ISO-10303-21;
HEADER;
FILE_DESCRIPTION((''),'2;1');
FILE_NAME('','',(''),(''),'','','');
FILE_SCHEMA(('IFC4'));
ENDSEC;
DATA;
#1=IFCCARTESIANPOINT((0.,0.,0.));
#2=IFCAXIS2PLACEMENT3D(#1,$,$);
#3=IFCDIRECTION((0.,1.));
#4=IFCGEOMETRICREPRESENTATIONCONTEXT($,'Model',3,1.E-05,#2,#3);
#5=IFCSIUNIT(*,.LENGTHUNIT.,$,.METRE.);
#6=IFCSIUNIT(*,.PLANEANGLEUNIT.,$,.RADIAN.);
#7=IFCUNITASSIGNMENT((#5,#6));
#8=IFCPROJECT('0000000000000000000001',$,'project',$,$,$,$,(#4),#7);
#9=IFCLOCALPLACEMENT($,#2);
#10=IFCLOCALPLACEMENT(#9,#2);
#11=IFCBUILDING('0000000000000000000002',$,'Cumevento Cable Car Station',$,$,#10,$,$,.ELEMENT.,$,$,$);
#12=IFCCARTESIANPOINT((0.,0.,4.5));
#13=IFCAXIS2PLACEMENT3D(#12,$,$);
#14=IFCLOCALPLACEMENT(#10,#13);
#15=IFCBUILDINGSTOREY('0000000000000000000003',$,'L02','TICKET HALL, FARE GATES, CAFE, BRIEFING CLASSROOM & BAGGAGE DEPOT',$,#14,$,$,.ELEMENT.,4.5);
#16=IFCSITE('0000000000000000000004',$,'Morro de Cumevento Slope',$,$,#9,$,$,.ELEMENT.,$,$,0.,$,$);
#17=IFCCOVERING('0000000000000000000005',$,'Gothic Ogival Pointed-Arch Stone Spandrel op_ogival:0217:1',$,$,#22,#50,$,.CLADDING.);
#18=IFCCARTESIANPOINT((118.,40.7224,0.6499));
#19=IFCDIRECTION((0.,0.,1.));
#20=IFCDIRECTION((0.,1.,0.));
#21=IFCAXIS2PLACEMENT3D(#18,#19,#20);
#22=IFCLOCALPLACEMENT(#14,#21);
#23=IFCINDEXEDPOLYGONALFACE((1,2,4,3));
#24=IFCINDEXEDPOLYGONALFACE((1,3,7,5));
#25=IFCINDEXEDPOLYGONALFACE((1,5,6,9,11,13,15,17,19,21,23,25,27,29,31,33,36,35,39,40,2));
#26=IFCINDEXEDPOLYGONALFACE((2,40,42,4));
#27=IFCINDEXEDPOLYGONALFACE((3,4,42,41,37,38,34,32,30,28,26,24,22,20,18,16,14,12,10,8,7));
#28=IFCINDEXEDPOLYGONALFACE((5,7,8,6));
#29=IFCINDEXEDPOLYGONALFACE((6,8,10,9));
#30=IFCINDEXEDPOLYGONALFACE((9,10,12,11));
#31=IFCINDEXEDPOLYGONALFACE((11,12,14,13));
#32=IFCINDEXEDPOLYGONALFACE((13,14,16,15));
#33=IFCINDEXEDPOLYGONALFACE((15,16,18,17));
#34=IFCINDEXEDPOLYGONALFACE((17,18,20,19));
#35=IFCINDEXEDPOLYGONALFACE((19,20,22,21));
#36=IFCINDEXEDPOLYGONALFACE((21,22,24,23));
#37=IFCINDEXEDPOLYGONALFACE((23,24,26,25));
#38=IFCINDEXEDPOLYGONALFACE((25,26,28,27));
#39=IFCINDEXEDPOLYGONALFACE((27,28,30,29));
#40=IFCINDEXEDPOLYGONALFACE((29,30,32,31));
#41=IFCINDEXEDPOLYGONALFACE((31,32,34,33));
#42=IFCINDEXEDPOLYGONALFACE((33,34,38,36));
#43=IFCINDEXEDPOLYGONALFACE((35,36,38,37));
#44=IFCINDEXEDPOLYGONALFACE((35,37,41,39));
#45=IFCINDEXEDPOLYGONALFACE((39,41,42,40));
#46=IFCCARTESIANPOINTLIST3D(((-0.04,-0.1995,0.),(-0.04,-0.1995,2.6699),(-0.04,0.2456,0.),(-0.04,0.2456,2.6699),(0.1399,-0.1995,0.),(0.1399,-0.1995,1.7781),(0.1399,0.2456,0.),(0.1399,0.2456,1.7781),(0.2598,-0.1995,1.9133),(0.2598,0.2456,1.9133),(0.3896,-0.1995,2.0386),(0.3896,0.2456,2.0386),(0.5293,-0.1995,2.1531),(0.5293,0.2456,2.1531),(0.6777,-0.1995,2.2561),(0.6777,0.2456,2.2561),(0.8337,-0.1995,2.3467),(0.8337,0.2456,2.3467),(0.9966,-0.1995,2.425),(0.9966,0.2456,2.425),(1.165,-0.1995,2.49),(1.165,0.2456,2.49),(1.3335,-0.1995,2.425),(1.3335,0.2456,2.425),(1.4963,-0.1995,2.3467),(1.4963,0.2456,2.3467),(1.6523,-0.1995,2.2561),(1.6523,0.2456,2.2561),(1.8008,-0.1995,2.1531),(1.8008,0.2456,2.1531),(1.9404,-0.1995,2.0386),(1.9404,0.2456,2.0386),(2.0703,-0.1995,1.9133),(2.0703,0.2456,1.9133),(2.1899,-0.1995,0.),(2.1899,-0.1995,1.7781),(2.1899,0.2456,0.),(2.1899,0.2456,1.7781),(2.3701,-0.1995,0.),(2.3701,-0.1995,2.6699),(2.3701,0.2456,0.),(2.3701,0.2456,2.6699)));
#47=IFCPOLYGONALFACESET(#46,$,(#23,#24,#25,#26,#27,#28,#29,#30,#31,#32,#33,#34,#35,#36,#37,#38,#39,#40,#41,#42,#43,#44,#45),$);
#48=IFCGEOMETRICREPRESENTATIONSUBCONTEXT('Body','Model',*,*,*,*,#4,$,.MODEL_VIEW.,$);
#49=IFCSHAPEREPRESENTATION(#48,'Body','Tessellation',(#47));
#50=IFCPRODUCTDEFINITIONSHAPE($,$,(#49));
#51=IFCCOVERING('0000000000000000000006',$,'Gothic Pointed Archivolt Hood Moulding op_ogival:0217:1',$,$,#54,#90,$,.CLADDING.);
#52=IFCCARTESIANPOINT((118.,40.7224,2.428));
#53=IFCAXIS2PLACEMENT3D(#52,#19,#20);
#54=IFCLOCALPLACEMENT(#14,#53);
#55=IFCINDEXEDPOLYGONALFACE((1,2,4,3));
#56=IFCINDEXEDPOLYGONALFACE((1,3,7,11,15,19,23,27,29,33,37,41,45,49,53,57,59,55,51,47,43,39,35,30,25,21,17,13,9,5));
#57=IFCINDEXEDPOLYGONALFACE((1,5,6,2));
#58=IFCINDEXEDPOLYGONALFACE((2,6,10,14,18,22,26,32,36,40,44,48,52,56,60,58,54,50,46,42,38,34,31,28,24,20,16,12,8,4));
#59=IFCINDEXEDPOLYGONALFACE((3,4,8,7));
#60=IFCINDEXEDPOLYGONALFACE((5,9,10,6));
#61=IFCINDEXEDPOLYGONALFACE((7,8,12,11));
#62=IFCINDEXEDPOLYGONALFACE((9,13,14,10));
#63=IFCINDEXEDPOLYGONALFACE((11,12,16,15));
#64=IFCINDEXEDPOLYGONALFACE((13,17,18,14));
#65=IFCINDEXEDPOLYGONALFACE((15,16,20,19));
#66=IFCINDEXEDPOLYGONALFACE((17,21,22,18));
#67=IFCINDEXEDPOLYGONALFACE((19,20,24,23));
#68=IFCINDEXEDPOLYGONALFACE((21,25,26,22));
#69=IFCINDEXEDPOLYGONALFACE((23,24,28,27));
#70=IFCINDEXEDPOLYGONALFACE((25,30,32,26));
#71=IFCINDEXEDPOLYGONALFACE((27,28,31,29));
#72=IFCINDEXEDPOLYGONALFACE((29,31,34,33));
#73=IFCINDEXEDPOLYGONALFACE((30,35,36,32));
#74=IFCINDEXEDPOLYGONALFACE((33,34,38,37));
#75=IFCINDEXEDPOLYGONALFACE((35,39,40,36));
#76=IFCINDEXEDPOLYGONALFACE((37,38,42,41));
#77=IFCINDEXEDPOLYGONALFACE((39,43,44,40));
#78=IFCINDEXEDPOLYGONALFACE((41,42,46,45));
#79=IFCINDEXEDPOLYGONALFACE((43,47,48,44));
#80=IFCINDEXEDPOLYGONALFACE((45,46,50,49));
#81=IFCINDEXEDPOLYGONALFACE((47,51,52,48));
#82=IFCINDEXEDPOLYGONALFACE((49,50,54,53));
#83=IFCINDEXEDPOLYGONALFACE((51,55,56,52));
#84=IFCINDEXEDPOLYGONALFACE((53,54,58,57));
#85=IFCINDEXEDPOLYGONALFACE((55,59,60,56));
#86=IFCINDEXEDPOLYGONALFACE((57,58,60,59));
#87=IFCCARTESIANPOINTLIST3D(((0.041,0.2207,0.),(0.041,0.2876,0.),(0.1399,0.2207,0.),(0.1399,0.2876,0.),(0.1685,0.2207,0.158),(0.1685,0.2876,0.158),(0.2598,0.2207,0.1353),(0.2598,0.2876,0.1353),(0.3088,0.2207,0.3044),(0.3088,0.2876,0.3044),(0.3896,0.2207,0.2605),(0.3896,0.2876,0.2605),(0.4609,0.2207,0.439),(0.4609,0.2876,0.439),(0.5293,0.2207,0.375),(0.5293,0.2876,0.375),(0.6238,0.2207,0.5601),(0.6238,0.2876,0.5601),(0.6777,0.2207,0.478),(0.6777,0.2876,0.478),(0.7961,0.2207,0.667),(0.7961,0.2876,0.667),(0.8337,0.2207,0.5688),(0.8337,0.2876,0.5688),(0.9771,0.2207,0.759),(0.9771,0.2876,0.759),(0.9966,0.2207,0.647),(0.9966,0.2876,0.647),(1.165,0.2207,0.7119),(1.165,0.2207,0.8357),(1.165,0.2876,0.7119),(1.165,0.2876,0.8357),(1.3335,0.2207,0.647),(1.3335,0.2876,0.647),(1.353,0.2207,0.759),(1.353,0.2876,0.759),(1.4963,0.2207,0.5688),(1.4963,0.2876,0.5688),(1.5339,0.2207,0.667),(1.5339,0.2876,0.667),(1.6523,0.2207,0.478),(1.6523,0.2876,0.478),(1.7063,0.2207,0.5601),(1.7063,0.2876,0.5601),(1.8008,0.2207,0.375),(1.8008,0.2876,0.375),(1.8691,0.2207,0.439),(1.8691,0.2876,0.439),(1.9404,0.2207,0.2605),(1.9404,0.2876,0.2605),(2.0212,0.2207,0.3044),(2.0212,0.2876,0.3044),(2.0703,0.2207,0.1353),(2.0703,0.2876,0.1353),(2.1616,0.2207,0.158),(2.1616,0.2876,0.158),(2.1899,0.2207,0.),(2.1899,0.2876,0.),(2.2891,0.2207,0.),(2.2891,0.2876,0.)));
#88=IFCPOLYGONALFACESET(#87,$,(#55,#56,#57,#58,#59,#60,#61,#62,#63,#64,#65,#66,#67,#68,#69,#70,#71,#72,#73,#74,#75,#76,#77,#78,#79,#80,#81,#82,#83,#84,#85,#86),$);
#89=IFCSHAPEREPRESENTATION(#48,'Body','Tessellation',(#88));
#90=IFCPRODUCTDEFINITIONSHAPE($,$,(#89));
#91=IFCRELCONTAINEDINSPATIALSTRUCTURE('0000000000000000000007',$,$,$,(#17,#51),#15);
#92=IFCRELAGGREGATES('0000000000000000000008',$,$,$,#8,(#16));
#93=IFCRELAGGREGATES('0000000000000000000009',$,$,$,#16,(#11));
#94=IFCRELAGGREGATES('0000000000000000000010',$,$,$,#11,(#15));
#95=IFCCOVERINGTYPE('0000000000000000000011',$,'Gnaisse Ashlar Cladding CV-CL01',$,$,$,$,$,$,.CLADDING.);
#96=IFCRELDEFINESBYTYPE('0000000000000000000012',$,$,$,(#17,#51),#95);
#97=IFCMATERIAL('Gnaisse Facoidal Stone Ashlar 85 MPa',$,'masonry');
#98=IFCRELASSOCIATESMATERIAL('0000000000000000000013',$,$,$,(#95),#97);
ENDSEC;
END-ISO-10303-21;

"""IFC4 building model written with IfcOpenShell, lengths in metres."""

from ifc_helpers import new_model, si_unit, direction, frame, origin, place, context, subcontext, project, spatial, polyline, outline, extrude, material, type_object, element, save


model = new_model("IFC4")

# Units and contexts
model_context = context("Model", 3, precision=1e-05, world=origin(), true_north=direction((0.0, 1.0)))
body_context = subcontext(model_context, "Body", "Model", "MODEL_VIEW")
ifc_project = project(units=[si_unit("LENGTHUNIT", "METRE"), si_unit("PLANEANGLEUNIT", "RADIAN")], contexts=[model_context])

# Site, building, storey
site_placement = place(None, origin())
site = spatial("IfcSite", under=ifc_project, at=site_placement, Name="Morro de Cumevento Slope", CompositionType="ELEMENT", RefElevation=0.0)
building_placement = place(site_placement, origin())
building = spatial("IfcBuilding", under=site, at=building_placement, Name="Cumevento Cable Car Station", CompositionType="ELEMENT")
storey_placement = place(building_placement, frame((0.0, 0.0, 4.5)))
storey = spatial("IfcBuildingStorey", under=building, at=storey_placement, Name="L02", Description="TICKET HALL, FARE GATES, CAFE, BRIEFING CLASSROOM & BAGGAGE DEPOT", CompositionType="ELEMENT", Elevation=4.5)

# Coverings
ifc_material_1 = material(Name="Gnaisse Facoidal Stone Ashlar 85 MPa", Category="masonry")
covering_type = type_object("IfcCoveringType", Name="Gnaisse Ashlar Cladding CV-CL01", PredefinedType="CLADDING", material=ifc_material_1)
covering_1_placement = place(storey_placement, frame((118.0, 40.7224, 0.6499), z_axis=(0.0, 0.0, 1.0), x_axis=(0.0, 1.0, 0.0)))
element("IfcCovering", 1, at=covering_1_placement, inside=storey, type_object=covering_type, Name="Gothic Ogival Pointed-Arch Stone Spandrel op_ogival:0217:1", PredefinedType="CLADDING", context=body_context, shape_type="SweptSolid", body=[
    extrude(outline(polyline([(-0.04, 0.0), (-0.04, 2.6699), (2.3701, 2.6699), (2.3701, 0.0), (2.1899, 0.0), (2.1899, 1.7781), (2.0703, 1.9133), (1.9404, 2.0386), (1.8008, 2.1531), (1.6523, 2.2561), (1.4963, 2.3467), (1.3335, 2.425), (1.165, 2.49), (0.9966, 2.425), (0.8337, 2.3467), (0.6777, 2.2561), (0.5293, 2.1531), (0.3896, 2.0386), (0.2598, 1.9133), (0.1399, 1.7781), (0.1399, 0.0), (-0.04, 0.0)])), frame((0.0, 0.2456, 0.0), z_axis=(0.0, -1.0, 0.0), x_axis=(1.0, 0.0, 0.0)), (0.0, 0.0, 1.0), 0.4451),
])
covering_2_placement = place(storey_placement, frame((118.0, 40.7224, 2.428), z_axis=(0.0, 0.0, 1.0), x_axis=(0.0, 1.0, 0.0)))
element("IfcCovering", 2, at=covering_2_placement, inside=storey, type_object=covering_type, Name="Gothic Pointed Archivolt Hood Moulding op_ogival:0217:1", PredefinedType="CLADDING", context=body_context, shape_type="SweptSolid", body=[
    extrude(outline(polyline([(0.1399, 0.0), (0.2598, 0.1353), (0.3896, 0.2605), (0.5293, 0.375), (0.6777, 0.478), (0.8337, 0.5688), (0.9966, 0.647), (1.165, 0.7119), (1.3335, 0.647), (1.4963, 0.5688), (1.6523, 0.478), (1.8008, 0.375), (1.9404, 0.2605), (2.0703, 0.1353), (2.1899, 0.0), (2.2891, 0.0), (2.1616, 0.158), (2.0212, 0.3044), (1.8691, 0.439), (1.7063, 0.5601), (1.5339, 0.667), (1.353, 0.759), (1.165, 0.8357), (0.9771, 0.759), (0.7961, 0.667), (0.6238, 0.5601), (0.4609, 0.439), (0.3088, 0.3044), (0.1685, 0.158), (0.041, 0.0), (0.1399, 0.0)])), frame((0.0, 0.2876, 0.0), z_axis=(0.0, -1.0, 0.0), x_axis=(1.0, 0.0, 0.0)), (0.0, 0.0, 1.0), 0.0669),
])

save(model, "model.ifc")
